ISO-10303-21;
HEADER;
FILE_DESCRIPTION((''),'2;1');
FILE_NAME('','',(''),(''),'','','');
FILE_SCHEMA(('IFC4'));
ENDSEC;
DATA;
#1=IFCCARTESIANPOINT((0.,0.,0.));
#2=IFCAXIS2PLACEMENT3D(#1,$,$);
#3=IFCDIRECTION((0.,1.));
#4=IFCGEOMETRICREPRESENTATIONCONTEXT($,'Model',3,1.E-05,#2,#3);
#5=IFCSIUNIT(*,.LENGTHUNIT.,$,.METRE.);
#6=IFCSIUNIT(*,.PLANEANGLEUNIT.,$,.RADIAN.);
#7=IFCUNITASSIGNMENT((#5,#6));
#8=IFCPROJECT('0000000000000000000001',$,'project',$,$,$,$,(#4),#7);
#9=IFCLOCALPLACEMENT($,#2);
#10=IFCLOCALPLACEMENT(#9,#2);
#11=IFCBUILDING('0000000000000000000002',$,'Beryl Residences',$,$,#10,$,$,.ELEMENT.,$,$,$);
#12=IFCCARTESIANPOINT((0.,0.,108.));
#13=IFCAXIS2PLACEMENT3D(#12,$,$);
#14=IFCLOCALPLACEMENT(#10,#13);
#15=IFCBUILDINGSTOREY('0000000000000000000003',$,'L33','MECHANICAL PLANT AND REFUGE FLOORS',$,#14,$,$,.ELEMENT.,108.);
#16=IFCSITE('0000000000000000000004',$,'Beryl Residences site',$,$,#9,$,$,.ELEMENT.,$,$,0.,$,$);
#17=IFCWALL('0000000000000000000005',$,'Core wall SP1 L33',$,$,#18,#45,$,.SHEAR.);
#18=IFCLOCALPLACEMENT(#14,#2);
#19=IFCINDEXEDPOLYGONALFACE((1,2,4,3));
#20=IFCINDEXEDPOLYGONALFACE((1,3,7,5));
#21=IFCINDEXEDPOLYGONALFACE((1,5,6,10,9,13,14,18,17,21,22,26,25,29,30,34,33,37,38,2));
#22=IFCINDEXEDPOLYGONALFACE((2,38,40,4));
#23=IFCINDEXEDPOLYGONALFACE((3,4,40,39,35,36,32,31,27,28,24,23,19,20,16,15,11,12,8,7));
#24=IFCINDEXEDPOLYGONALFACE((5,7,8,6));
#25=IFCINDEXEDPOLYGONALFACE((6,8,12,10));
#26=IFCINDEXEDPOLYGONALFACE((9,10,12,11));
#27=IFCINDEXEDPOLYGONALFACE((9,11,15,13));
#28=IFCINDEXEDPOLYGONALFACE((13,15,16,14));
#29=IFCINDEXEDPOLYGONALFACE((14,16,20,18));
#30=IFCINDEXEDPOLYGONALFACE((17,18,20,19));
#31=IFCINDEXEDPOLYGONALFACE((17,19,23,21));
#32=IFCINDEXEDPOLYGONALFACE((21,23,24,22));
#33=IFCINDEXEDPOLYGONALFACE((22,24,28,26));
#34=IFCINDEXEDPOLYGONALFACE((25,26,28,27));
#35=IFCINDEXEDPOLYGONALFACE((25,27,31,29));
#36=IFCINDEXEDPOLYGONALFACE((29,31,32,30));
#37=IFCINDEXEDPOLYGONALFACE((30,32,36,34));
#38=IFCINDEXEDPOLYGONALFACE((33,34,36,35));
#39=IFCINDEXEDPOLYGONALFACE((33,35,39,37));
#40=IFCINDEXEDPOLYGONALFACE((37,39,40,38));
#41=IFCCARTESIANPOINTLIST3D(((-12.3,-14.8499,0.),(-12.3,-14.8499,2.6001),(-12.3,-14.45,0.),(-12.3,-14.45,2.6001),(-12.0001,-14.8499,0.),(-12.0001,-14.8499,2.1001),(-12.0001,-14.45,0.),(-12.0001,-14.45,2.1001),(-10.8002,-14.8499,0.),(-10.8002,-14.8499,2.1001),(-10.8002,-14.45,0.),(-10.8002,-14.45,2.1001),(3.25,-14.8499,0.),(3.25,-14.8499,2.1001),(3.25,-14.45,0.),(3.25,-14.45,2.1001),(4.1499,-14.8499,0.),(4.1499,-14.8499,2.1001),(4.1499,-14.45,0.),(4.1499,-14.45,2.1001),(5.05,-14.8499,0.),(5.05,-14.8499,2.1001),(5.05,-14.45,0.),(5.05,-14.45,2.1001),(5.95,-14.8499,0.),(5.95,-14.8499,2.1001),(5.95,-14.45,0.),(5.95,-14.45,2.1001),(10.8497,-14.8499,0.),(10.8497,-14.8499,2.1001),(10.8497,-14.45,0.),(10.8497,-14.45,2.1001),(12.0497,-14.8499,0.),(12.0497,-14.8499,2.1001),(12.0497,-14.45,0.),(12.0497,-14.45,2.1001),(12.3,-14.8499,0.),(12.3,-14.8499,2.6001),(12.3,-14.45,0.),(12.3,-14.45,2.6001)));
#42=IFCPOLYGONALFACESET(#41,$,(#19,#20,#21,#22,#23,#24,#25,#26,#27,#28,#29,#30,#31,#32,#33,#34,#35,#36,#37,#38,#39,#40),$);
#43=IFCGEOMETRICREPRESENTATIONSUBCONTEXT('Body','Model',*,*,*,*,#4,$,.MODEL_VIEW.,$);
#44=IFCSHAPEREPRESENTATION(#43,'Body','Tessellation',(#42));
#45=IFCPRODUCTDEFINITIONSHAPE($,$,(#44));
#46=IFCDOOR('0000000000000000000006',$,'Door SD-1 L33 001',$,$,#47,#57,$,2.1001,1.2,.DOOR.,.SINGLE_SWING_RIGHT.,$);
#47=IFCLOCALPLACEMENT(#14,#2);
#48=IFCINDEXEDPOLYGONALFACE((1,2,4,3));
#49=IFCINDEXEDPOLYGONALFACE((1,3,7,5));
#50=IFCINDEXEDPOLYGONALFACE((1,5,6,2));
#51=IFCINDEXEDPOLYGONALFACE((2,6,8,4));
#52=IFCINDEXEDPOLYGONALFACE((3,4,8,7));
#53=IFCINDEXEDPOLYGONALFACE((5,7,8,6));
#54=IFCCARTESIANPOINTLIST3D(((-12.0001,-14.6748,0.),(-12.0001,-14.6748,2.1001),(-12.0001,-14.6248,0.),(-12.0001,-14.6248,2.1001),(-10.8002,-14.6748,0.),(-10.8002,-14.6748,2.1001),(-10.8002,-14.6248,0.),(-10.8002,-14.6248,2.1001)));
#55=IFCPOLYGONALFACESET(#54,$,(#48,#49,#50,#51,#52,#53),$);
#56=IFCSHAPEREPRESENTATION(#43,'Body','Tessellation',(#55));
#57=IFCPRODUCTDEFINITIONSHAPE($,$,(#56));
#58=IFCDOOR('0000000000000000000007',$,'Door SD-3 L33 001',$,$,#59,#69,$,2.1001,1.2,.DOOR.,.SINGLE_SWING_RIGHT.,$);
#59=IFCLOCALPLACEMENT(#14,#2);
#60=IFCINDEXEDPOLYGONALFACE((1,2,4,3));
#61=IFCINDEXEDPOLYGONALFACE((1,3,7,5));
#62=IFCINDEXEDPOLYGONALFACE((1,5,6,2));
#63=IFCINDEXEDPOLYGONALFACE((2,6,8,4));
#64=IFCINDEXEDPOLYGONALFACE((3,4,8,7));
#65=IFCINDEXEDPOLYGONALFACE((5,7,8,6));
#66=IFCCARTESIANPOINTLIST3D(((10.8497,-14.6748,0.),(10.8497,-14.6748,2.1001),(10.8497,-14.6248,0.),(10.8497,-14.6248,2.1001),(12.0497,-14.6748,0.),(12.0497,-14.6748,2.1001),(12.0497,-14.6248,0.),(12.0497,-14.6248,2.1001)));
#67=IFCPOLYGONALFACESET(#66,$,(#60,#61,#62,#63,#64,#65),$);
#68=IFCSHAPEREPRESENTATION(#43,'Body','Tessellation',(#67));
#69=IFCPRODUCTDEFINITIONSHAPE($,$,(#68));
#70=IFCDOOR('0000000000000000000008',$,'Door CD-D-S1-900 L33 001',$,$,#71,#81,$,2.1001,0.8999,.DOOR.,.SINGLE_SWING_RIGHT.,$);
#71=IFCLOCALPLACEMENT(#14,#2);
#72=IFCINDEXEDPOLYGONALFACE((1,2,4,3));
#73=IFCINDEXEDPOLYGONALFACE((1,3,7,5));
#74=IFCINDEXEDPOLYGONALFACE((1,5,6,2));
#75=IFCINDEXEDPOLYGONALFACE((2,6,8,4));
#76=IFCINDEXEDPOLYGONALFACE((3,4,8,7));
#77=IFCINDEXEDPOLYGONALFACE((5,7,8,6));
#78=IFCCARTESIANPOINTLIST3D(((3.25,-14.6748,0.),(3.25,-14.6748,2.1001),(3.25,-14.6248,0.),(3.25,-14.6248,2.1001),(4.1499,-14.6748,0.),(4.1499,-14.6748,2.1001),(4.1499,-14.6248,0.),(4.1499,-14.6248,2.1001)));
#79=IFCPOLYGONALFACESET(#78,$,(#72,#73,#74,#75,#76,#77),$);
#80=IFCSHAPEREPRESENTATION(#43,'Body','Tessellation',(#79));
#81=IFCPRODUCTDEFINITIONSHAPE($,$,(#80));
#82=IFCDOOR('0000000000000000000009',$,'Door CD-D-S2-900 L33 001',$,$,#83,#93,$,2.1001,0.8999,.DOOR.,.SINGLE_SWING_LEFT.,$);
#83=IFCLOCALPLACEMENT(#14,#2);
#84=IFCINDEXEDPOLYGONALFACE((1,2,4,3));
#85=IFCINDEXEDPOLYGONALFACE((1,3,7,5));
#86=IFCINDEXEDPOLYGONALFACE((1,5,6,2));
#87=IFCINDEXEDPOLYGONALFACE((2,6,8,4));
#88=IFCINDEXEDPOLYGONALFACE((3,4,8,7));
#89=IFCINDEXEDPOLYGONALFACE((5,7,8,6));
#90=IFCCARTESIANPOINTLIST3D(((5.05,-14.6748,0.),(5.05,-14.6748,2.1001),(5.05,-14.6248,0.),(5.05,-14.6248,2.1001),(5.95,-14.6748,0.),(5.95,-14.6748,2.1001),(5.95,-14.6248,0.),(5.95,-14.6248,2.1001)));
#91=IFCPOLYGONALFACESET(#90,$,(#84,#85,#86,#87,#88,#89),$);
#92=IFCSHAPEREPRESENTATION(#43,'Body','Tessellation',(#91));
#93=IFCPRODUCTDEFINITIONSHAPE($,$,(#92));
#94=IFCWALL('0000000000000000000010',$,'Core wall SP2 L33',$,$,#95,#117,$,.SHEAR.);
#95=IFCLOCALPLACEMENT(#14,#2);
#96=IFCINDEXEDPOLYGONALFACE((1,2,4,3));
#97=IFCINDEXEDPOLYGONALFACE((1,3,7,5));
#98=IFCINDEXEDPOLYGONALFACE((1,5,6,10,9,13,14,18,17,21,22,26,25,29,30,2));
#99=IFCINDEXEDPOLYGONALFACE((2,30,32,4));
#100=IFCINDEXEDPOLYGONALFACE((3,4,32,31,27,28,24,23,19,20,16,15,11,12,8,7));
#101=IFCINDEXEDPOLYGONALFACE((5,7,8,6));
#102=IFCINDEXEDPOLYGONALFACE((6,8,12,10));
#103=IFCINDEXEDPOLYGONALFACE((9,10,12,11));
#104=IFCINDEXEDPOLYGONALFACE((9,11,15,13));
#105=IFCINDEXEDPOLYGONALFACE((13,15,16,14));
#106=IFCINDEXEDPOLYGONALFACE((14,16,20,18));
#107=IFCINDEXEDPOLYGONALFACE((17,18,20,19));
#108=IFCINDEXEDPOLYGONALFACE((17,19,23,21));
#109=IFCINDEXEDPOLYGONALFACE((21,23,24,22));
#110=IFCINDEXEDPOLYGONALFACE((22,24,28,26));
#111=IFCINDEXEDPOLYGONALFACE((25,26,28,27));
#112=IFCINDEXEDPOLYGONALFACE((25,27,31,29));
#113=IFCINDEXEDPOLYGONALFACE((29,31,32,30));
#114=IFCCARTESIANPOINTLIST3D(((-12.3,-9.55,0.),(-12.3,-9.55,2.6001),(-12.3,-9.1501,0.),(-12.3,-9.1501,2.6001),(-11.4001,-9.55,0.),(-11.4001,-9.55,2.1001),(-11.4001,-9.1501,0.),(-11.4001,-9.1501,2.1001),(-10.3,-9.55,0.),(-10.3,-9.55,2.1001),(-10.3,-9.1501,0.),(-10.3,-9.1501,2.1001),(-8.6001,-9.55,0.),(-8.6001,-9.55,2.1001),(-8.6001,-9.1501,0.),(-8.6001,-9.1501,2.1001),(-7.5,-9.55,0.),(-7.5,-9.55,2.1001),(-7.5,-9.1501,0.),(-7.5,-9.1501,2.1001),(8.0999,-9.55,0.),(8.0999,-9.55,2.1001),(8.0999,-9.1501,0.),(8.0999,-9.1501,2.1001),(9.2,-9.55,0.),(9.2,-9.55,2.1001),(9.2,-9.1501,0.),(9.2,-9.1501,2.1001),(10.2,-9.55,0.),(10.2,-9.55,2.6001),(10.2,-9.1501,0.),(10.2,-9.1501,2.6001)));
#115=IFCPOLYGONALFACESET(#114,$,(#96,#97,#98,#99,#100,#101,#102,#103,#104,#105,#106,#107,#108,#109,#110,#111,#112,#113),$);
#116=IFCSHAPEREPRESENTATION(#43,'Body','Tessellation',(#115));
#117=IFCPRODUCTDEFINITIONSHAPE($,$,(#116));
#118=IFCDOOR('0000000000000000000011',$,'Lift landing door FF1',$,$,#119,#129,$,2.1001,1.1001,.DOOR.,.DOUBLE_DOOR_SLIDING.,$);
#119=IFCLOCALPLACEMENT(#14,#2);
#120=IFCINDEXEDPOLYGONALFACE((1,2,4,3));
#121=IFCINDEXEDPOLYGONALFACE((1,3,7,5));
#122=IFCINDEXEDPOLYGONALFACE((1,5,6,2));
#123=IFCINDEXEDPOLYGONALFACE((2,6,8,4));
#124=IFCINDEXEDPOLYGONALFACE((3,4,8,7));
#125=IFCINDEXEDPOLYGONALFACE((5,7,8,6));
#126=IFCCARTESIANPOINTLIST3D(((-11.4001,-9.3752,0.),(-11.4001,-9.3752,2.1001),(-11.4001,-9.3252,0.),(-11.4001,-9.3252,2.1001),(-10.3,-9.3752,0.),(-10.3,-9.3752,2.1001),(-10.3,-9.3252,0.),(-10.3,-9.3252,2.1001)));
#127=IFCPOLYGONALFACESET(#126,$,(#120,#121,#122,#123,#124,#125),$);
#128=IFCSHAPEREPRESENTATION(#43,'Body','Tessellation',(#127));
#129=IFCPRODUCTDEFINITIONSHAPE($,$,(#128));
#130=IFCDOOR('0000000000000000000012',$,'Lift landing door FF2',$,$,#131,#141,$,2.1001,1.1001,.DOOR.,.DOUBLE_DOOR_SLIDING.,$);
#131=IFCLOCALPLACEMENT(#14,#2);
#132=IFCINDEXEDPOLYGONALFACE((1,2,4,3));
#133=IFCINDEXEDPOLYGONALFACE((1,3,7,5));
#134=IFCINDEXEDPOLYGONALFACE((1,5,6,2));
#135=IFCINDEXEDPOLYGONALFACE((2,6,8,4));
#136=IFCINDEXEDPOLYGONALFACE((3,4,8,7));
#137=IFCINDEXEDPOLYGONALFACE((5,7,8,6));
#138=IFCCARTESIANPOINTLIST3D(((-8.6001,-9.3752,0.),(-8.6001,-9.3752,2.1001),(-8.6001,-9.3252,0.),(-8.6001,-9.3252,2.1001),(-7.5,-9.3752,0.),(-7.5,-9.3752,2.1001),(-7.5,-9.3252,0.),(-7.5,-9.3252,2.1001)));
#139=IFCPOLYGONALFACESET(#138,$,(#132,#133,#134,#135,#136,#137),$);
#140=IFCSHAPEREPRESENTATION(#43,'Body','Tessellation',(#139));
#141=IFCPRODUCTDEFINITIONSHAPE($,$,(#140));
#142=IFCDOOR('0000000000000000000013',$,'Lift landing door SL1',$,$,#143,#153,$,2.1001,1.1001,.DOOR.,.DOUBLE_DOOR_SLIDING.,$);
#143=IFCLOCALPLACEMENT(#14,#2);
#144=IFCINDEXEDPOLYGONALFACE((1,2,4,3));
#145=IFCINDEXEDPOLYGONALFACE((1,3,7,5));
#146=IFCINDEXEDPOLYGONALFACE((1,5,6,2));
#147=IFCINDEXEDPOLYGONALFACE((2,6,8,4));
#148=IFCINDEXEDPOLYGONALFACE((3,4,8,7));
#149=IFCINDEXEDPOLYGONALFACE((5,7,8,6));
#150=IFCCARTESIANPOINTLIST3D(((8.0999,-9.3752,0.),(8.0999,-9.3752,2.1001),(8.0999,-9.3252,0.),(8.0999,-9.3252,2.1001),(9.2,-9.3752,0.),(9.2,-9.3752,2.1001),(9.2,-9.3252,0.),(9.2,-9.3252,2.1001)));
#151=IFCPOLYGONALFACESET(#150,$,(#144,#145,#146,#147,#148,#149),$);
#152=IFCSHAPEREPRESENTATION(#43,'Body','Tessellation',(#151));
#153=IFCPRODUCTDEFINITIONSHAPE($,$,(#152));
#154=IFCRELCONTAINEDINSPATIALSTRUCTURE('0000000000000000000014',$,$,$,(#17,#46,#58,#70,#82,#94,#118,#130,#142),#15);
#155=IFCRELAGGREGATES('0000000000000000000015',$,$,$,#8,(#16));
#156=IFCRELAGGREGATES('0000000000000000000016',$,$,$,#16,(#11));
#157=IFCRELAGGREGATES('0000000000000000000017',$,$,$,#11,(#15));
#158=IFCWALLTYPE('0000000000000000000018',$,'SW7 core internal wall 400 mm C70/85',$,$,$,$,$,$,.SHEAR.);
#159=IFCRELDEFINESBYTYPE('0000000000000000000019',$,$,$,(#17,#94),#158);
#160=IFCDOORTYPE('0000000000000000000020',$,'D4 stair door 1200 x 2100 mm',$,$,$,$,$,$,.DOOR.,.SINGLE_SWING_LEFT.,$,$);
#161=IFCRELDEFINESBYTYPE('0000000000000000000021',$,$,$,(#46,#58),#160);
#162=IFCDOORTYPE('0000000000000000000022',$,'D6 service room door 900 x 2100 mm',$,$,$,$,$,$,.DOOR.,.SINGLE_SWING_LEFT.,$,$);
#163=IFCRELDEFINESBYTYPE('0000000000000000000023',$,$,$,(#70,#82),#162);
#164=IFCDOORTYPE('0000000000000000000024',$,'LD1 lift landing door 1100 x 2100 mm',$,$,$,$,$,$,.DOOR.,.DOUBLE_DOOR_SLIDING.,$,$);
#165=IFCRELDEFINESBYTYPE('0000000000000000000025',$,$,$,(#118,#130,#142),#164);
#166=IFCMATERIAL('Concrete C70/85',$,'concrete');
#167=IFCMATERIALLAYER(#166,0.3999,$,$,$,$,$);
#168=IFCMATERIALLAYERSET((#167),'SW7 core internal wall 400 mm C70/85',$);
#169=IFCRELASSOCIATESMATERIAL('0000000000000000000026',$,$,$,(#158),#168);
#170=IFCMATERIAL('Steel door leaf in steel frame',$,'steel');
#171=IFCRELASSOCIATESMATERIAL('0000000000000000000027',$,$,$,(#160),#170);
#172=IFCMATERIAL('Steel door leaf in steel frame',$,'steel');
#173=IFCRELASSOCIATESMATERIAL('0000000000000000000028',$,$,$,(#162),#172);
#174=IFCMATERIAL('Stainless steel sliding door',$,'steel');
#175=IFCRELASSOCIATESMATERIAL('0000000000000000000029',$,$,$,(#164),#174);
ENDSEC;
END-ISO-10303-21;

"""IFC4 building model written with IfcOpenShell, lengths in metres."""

from ifc_helpers import new_model, si_unit, direction, frame, frame_2d, origin, place, context, subcontext, project, spatial, rectangle, extrude, material, layer, layer_set, type_object, element, fill, save


model = new_model("IFC4")

# Units and contexts
model_context = context("Model", 3, precision=1e-05, world=origin(), true_north=direction((0.0, 1.0)))
body_context = subcontext(model_context, "Body", "Model", "MODEL_VIEW")
ifc_project = project(units=[si_unit("LENGTHUNIT", "METRE"), si_unit("PLANEANGLEUNIT", "RADIAN")], contexts=[model_context])

# Site, building, storey
site_placement = place(None, origin())
site = spatial("IfcSite", under=ifc_project, at=site_placement, Name="Beryl Residences site", CompositionType="ELEMENT", RefElevation=0.0)
building_placement = place(site_placement, origin())
building = spatial("IfcBuilding", under=site, at=building_placement, Name="Beryl Residences", CompositionType="ELEMENT")
storey_placement = place(building_placement, frame((0.0, 0.0, 108.0)))
storey = spatial("IfcBuildingStorey", under=building, at=storey_placement, Name="L33", Description="MECHANICAL PLANT AND REFUGE FLOORS", CompositionType="ELEMENT", Elevation=108.0)

# Walls, openings, doors
ifc_material_1 = material(Name="Concrete C70/85", Category="concrete")
ifc_layer_1 = layer(ifc_material_1, 0.3999)
ifc_layer_set_1 = layer_set([ifc_layer_1], Name="SW7 core internal wall 400 mm C70/85")
wall_type_1 = type_object("IfcWallType", Name="SW7 core internal wall 400 mm C70/85", PredefinedType="SHEAR", material=ifc_layer_set_1)
wall_1_placement = place(storey_placement, frame((-12.3, -14.6499, 0.0), z_axis=(0.0, 0.0, 1.0), x_axis=(1.0, 0.0, 0.0)))
wall_1 = element("IfcWall", 1, at=wall_1_placement, inside=storey, type_object=wall_type_1, Name="Core wall SP1 L33", PredefinedType="SHEAR", context=body_context, shape_type="SweptSolid", body=[
    extrude(rectangle(XDim=24.6001, YDim=0.3999, at=frame_2d((12.3, 0.0))), origin(), (0.0, 0.0, 1.0), 2.6001),
])
opening_1_placement = place(wall_1_placement, frame((1.5, 0.0, 0.0), z_axis=(0.0, 0.0, 1.0), x_axis=(-1.0, 0.0, 0.0)))
opening_1 = element("IfcOpeningElement", 2, at=opening_1_placement, cuts=wall_1, PredefinedType="OPENING", context=body_context, shape_type="SweptSolid", body=[
    extrude(rectangle(XDim=1.2, YDim=2.1001, at=frame_2d((0.6001, 1.05))), frame((0.0, 0.21, 0.0), z_axis=(0.0, -1.0, 0.0), x_axis=(1.0, 0.0, 0.0)), (0.0, 0.0, 1.0), 0.4199),
])
opening_2_placement = place(wall_1_placement, frame((24.3499, 0.0, 0.0), z_axis=(0.0, 0.0, 1.0), x_axis=(-1.0, 0.0, 0.0)))
opening_2 = element("IfcOpeningElement", 3, at=opening_2_placement, cuts=wall_1, PredefinedType="OPENING", context=body_context, shape_type="SweptSolid", body=[
    extrude(rectangle(XDim=1.2, YDim=2.1001, at=frame_2d((0.6001, 1.05))), frame((0.0, 0.21, 0.0), z_axis=(0.0, -1.0, 0.0), x_axis=(1.0, 0.0, 0.0)), (0.0, 0.0, 1.0), 0.4199),
])
opening_3_placement = place(wall_1_placement, frame((16.45, 0.0, 0.0), z_axis=(0.0, 0.0, 1.0), x_axis=(-1.0, 0.0, 0.0)))
opening_3 = element("IfcOpeningElement", 4, at=opening_3_placement, cuts=wall_1, PredefinedType="OPENING", context=body_context, shape_type="SweptSolid", body=[
    extrude(rectangle(XDim=0.8999, YDim=2.1001, at=frame_2d((0.45, 1.05))), frame((0.0, 0.21, 0.0), z_axis=(0.0, -1.0, 0.0), x_axis=(1.0, 0.0, 0.0)), (0.0, 0.0, 1.0), 0.4199),
])
opening_4_placement = place(wall_1_placement, frame((18.25, 0.0, 0.0), z_axis=(0.0, 0.0, 1.0), x_axis=(-1.0, 0.0, 0.0)))
opening_4 = element("IfcOpeningElement", 5, at=opening_4_placement, cuts=wall_1, PredefinedType="OPENING", context=body_context, shape_type="SweptSolid", body=[
    extrude(rectangle(XDim=0.8999, YDim=2.1001, at=frame_2d((0.45, 1.05))), frame((0.0, 0.21, 0.0), z_axis=(0.0, -1.0, 0.0), x_axis=(1.0, 0.0, 0.0)), (0.0, 0.0, 1.0), 0.4199),
])
ifc_material_2 = material(Name="Steel door leaf in steel frame", Category="steel")
door_type_1 = type_object("IfcDoorType", Name="D4 stair door 1200 x 2100 mm", OperationType="SINGLE_SWING_LEFT", PredefinedType="DOOR", material=ifc_material_2)
door_1_placement = place(opening_1_placement, origin())
door_1 = element("IfcDoor", 6, at=door_1_placement, inside=storey, type_object=door_type_1, Name="Door SD-1 L33 001", OperationType="SINGLE_SWING_RIGHT", OverallHeight=2.1001, OverallWidth=1.2, PredefinedType="DOOR", context=body_context, shape_type="SweptSolid", body=[
    extrude(rectangle(XDim=1.2, YDim=2.1001, at=frame_2d((0.6001, 1.05))), frame((0.0, 0.0249, 0.0), z_axis=(0.0, -1.0, 0.0), x_axis=(1.0, 0.0, 0.0)), (0.0, 0.0, 1.0), 0.05),
])
fill(opening_1, door_1)
door_2_placement = place(opening_2_placement, origin())
door_2 = element("IfcDoor", 7, at=door_2_placement, inside=storey, type_object=door_type_1, Name="Door SD-3 L33 001", OperationType="SINGLE_SWING_RIGHT", OverallHeight=2.1001, OverallWidth=1.2, PredefinedType="DOOR", context=body_context, shape_type="SweptSolid", body=[
    extrude(rectangle(XDim=1.2, YDim=2.1001, at=frame_2d((0.6001, 1.05))), frame((0.0, 0.0249, 0.0), z_axis=(0.0, -1.0, 0.0), x_axis=(1.0, 0.0, 0.0)), (0.0, 0.0, 1.0), 0.05),
])
fill(opening_2, door_2)
ifc_material_3 = material(Name="Steel door leaf in steel frame", Category="steel")
door_type_2 = type_object("IfcDoorType", Name="D6 service room door 900 x 2100 mm", OperationType="SINGLE_SWING_LEFT", PredefinedType="DOOR", material=ifc_material_3)
door_3_placement = place(opening_3_placement, origin())
door_3 = element("IfcDoor", 8, at=door_3_placement, inside=storey, type_object=door_type_2, Name="Door CD-D-S1-900 L33 001", OperationType="SINGLE_SWING_RIGHT", OverallHeight=2.1001, OverallWidth=0.8999, PredefinedType="DOOR", context=body_context, shape_type="SweptSolid", body=[
    extrude(rectangle(XDim=0.8999, YDim=2.1001, at=frame_2d((0.45, 1.05))), frame((0.0, 0.0249, 0.0), z_axis=(0.0, -1.0, 0.0), x_axis=(1.0, 0.0, 0.0)), (0.0, 0.0, 1.0), 0.05),
])
fill(opening_3, door_3)
door_4_placement = place(opening_4_placement, origin())
door_4 = element("IfcDoor", 9, at=door_4_placement, inside=storey, type_object=door_type_2, Name="Door CD-D-S2-900 L33 001", OperationType="SINGLE_SWING_LEFT", OverallHeight=2.1001, OverallWidth=0.8999, PredefinedType="DOOR", context=body_context, shape_type="SweptSolid", body=[
    extrude(rectangle(XDim=0.8999, YDim=2.1001, at=frame_2d((0.45, 1.05))), frame((0.0, 0.0249, 0.0), z_axis=(0.0, -1.0, 0.0), x_axis=(1.0, 0.0, 0.0)), (0.0, 0.0, 1.0), 0.05),
])
fill(opening_4, door_4)
wall_2_placement = place(storey_placement, frame((-12.3, -9.3501, 0.0), z_axis=(0.0, 0.0, 1.0), x_axis=(1.0, 0.0, 0.0)))
wall_2 = element("IfcWall", 10, at=wall_2_placement, inside=storey, type_object=wall_type_1, Name="Core wall SP2 L33", PredefinedType="SHEAR", context=body_context, shape_type="SweptSolid", body=[
    extrude(rectangle(XDim=22.5, YDim=0.3999, at=frame_2d((11.25, 0.0))), origin(), (0.0, 0.0, 1.0), 2.6001),
])
opening_5_placement = place(wall_2_placement, frame((0.8999, 0.0, 0.0)))
opening_5 = element("IfcOpeningElement", 11, at=opening_5_placement, cuts=wall_2, PredefinedType="OPENING", context=body_context, shape_type="SweptSolid", body=[
    extrude(rectangle(XDim=1.1001, YDim=2.1001, at=frame_2d((0.55, 1.05))), frame((0.0, 0.21, 0.0), z_axis=(0.0, -1.0, 0.0), x_axis=(1.0, 0.0, 0.0)), (0.0, 0.0, 1.0), 0.4199),
])
opening_6_placement = place(wall_2_placement, frame((3.7, 0.0, 0.0)))
opening_6 = element("IfcOpeningElement", 12, at=opening_6_placement, cuts=wall_2, PredefinedType="OPENING", context=body_context, shape_type="SweptSolid", body=[
    extrude(rectangle(XDim=1.1001, YDim=2.1001, at=frame_2d((0.55, 1.05))), frame((0.0, 0.21, 0.0), z_axis=(0.0, -1.0, 0.0), x_axis=(1.0, 0.0, 0.0)), (0.0, 0.0, 1.0), 0.4199),
])
opening_7_placement = place(wall_2_placement, frame((20.3999, 0.0, 0.0)))
opening_7 = element("IfcOpeningElement", 13, at=opening_7_placement, cuts=wall_2, PredefinedType="OPENING", context=body_context, shape_type="SweptSolid", body=[
    extrude(rectangle(XDim=1.1001, YDim=2.1001, at=frame_2d((0.55, 1.05))), frame((0.0, 0.21, 0.0), z_axis=(0.0, -1.0, 0.0), x_axis=(1.0, 0.0, 0.0)), (0.0, 0.0, 1.0), 0.4199),
])
ifc_material_4 = material(Name="Stainless steel sliding door", Category="steel")
door_type_3 = type_object("IfcDoorType", Name="LD1 lift landing door 1100 x 2100 mm", OperationType="DOUBLE_DOOR_SLIDING", PredefinedType="DOOR", material=ifc_material_4)
door_5_placement = place(opening_5_placement, origin())
door_5 = element("IfcDoor", 14, at=door_5_placement, inside=storey, type_object=door_type_3, Name="Lift landing door FF1", OperationType="DOUBLE_DOOR_SLIDING", OverallHeight=2.1001, OverallWidth=1.1001, PredefinedType="DOOR", context=body_context, shape_type="SweptSolid", body=[
    extrude(rectangle(XDim=1.1001, YDim=2.1001, at=frame_2d((0.55, 1.05))), frame((0.0, 0.0249, 0.0), z_axis=(0.0, -1.0, 0.0), x_axis=(1.0, 0.0, 0.0)), (0.0, 0.0, 1.0), 0.05),
])
fill(opening_5, door_5)
door_6_placement = place(opening_6_placement, origin())
door_6 = element("IfcDoor", 15, at=door_6_placement, inside=storey, type_object=door_type_3, Name="Lift landing door FF2", OperationType="DOUBLE_DOOR_SLIDING", OverallHeight=2.1001, OverallWidth=1.1001, PredefinedType="DOOR", context=body_context, shape_type="SweptSolid", body=[
    extrude(rectangle(XDim=1.1001, YDim=2.1001, at=frame_2d((0.55, 1.05))), frame((0.0, 0.0249, 0.0), z_axis=(0.0, -1.0, 0.0), x_axis=(1.0, 0.0, 0.0)), (0.0, 0.0, 1.0), 0.05),
])
fill(opening_6, door_6)
door_7_placement = place(opening_7_placement, origin())
door_7 = element("IfcDoor", 16, at=door_7_placement, inside=storey, type_object=door_type_3, Name="Lift landing door SL1", OperationType="DOUBLE_DOOR_SLIDING", OverallHeight=2.1001, OverallWidth=1.1001, PredefinedType="DOOR", context=body_context, shape_type="SweptSolid", body=[
    extrude(rectangle(XDim=1.1001, YDim=2.1001, at=frame_2d((0.55, 1.05))), frame((0.0, 0.0249, 0.0), z_axis=(0.0, -1.0, 0.0), x_axis=(1.0, 0.0, 0.0)), (0.0, 0.0, 1.0), 0.05),
])
fill(opening_7, door_7)

save(model, "model.ifc")
